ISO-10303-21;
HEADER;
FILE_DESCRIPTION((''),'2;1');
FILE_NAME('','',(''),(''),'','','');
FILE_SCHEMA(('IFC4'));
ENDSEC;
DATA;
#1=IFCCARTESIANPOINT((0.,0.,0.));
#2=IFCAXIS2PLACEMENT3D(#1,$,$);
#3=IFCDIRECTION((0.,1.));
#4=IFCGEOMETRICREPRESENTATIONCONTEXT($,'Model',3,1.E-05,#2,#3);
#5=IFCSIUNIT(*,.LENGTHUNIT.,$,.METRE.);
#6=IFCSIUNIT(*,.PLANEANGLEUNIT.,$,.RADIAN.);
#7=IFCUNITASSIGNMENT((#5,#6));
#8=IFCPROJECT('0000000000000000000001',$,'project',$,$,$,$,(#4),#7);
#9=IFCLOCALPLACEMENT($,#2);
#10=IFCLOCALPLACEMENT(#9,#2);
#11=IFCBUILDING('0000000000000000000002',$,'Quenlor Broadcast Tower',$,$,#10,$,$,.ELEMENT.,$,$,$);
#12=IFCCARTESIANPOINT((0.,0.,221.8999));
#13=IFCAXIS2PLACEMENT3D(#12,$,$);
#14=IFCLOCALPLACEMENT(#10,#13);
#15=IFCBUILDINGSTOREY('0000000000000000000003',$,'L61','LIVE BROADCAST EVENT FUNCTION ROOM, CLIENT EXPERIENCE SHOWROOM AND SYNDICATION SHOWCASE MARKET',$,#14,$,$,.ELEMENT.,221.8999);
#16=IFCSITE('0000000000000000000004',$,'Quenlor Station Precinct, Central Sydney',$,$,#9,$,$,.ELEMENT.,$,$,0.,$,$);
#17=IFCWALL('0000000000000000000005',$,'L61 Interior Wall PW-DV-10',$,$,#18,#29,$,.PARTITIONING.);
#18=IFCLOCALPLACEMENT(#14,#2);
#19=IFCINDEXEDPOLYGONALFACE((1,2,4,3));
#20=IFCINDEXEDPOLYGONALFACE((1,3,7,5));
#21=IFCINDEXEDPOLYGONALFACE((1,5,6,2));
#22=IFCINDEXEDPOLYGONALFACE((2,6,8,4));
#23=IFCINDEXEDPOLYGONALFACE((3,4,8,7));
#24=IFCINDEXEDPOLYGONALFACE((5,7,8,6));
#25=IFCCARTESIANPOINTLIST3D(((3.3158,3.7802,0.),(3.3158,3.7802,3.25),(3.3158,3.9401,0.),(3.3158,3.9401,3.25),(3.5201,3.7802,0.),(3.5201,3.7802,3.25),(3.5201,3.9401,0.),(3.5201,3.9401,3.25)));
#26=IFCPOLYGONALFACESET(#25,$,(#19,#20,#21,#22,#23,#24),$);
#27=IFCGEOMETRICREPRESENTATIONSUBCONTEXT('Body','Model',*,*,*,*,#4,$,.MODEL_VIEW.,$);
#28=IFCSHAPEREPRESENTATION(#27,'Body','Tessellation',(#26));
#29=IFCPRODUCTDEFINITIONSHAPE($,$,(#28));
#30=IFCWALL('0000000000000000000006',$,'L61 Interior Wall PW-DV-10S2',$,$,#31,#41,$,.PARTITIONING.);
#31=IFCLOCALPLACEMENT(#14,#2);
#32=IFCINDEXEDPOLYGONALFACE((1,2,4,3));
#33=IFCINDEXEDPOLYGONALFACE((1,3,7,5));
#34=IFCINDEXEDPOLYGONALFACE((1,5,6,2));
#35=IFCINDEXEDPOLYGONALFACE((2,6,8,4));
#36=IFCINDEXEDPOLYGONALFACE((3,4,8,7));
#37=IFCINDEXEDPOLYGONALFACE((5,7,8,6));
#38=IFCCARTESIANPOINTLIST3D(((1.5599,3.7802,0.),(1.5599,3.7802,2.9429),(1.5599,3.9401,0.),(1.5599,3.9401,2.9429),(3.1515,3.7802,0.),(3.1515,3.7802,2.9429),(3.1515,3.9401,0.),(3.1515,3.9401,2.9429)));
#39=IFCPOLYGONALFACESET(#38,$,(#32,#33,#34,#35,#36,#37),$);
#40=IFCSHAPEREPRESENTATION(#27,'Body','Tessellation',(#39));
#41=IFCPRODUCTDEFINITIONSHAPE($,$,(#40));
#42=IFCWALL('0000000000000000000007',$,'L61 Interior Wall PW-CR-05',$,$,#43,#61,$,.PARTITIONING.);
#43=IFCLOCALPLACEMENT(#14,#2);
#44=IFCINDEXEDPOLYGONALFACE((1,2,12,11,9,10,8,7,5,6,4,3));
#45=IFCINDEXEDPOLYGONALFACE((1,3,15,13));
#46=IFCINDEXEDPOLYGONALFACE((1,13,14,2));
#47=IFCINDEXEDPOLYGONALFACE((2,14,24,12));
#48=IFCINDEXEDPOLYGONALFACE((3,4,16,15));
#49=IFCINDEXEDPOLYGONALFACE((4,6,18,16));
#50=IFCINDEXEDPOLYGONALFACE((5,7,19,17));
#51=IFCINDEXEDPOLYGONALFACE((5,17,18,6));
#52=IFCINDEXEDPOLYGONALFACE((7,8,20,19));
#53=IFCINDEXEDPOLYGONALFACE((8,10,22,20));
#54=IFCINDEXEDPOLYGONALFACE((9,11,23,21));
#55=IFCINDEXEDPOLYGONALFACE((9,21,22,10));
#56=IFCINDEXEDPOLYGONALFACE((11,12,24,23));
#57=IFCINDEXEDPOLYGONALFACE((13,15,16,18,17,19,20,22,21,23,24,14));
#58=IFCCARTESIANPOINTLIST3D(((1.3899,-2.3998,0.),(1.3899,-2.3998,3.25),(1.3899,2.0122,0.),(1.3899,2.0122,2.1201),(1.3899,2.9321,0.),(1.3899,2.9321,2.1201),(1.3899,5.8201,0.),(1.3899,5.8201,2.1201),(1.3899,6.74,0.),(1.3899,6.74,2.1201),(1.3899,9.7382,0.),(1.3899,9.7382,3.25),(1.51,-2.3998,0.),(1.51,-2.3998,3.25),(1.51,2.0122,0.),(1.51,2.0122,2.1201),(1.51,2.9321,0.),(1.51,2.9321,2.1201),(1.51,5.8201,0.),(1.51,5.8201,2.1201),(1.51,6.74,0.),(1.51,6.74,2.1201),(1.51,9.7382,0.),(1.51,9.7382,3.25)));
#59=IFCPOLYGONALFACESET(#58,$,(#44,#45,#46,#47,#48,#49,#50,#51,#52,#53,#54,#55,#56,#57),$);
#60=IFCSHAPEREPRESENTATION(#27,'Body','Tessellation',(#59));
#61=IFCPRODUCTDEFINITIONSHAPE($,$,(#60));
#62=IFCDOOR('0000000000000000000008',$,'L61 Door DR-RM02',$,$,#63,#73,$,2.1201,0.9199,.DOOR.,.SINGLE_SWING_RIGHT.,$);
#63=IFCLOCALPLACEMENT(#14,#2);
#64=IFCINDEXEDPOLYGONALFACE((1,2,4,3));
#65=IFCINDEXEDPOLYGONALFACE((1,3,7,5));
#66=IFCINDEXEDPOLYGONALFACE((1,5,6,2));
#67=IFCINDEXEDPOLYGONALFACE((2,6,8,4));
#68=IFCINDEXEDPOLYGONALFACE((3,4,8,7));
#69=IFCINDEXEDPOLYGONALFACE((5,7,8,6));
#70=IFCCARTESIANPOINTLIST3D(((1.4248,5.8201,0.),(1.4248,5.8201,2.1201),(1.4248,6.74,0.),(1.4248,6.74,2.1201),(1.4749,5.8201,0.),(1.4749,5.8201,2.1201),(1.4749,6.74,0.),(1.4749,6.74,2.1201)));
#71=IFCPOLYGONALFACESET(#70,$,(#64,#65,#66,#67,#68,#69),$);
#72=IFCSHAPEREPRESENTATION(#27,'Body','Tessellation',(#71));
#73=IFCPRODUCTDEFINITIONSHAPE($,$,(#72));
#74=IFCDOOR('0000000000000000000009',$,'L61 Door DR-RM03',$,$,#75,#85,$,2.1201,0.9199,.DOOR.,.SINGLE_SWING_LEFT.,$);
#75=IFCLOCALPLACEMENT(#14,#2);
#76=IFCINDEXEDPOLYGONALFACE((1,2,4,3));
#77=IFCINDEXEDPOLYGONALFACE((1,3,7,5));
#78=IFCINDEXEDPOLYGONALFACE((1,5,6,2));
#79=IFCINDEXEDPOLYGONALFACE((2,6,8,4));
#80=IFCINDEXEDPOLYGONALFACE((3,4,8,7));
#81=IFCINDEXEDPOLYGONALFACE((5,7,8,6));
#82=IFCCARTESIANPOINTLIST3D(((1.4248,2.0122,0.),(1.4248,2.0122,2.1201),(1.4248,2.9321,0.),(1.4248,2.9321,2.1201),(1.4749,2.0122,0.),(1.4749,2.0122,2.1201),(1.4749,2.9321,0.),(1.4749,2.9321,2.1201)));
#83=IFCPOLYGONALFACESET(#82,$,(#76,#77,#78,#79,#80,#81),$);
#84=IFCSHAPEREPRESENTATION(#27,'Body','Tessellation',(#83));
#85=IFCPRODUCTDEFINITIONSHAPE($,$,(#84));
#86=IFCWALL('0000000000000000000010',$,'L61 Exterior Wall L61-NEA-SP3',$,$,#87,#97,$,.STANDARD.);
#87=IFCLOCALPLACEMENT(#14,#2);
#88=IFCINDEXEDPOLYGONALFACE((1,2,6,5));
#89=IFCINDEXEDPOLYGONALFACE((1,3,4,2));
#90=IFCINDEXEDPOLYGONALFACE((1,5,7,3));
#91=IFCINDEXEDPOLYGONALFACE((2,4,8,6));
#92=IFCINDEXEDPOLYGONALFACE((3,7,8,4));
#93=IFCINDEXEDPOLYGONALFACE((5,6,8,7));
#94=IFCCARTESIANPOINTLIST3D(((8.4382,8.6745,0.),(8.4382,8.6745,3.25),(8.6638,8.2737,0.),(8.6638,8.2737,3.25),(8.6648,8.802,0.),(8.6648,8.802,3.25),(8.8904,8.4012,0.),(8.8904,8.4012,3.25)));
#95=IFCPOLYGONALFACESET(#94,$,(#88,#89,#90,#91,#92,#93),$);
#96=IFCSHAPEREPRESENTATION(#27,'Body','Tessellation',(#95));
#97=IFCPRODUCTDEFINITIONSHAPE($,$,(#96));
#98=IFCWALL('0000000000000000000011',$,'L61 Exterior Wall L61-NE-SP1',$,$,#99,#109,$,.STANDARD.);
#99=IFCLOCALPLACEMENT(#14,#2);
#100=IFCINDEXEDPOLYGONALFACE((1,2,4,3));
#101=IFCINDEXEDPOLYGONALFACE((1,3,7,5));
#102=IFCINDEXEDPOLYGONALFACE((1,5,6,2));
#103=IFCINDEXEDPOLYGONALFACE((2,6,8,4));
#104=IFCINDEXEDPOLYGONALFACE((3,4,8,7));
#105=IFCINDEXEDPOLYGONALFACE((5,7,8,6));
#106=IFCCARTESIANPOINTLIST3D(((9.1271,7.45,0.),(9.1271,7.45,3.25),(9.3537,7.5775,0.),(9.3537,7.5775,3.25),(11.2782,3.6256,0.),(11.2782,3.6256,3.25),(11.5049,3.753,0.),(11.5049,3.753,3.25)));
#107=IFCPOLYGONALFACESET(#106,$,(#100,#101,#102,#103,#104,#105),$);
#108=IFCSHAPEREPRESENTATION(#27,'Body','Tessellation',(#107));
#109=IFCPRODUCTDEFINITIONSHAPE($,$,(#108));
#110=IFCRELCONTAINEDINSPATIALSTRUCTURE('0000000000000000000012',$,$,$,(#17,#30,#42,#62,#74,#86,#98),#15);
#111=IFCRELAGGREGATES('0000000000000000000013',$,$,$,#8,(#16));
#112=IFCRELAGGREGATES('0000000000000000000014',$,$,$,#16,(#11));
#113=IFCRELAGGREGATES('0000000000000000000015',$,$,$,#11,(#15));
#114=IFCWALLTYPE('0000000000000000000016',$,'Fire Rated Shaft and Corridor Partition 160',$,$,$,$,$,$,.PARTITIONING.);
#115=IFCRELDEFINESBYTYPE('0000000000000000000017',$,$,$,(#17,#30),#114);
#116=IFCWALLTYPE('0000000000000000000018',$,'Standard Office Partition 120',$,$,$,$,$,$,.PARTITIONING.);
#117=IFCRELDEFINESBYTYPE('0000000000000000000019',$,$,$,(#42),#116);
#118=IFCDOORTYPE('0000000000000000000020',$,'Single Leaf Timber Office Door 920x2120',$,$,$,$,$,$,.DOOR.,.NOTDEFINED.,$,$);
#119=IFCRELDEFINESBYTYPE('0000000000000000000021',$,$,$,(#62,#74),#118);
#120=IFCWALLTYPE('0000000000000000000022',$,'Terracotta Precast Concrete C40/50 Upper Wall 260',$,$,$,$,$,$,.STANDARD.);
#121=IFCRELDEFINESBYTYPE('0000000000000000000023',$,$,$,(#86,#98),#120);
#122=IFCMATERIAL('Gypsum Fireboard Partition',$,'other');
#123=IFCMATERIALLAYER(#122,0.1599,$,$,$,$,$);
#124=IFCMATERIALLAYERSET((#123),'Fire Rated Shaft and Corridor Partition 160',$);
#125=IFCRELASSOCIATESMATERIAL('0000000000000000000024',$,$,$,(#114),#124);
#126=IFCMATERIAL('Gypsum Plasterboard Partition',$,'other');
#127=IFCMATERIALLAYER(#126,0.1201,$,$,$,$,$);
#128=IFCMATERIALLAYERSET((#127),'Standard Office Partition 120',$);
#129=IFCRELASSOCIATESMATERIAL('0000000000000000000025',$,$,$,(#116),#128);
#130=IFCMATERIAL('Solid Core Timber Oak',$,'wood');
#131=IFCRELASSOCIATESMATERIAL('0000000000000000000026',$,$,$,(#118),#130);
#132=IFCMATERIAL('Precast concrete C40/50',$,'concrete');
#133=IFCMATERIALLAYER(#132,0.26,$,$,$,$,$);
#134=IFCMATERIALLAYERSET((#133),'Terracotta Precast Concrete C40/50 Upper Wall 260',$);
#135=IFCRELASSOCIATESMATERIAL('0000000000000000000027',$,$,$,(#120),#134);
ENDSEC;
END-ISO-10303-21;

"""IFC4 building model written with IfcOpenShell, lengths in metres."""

from ifc_helpers import new_model, si_unit, direction, frame, frame_2d, origin, place, context, subcontext, project, spatial, rectangle, extrude, material, layer, layer_set, type_object, element, fill, save


model = new_model("IFC4")

# Units and contexts
model_context = context("Model", 3, precision=1e-05, world=origin(), true_north=direction((0.0, 1.0)))
body_context = subcontext(model_context, "Body", "Model", "MODEL_VIEW")
ifc_project = project(units=[si_unit("LENGTHUNIT", "METRE"), si_unit("PLANEANGLEUNIT", "RADIAN")], contexts=[model_context])

# Site, building, storey
site_placement = place(None, origin())
site = spatial("IfcSite", under=ifc_project, at=site_placement, Name="Quenlor Station Precinct, Central Sydney", CompositionType="ELEMENT", RefElevation=0.0)
building_placement = place(site_placement, origin())
building = spatial("IfcBuilding", under=site, at=building_placement, Name="Quenlor Broadcast Tower", CompositionType="ELEMENT")
storey_placement = place(building_placement, frame((0.0, 0.0, 221.8999)))
storey = spatial("IfcBuildingStorey", under=building, at=storey_placement, Name="L61", Description="LIVE BROADCAST EVENT FUNCTION ROOM, CLIENT EXPERIENCE SHOWROOM AND SYNDICATION SHOWCASE MARKET", CompositionType="ELEMENT", Elevation=221.8999)

# Walls
ifc_material_1 = material(Name="Gypsum Fireboard Partition", Category="other")
ifc_layer_1 = layer(ifc_material_1, 0.1599)
ifc_layer_set_1 = layer_set([ifc_layer_1], Name="Fire Rated Shaft and Corridor Partition 160")
wall_type_1 = type_object("IfcWallType", Name="Fire Rated Shaft and Corridor Partition 160", PredefinedType="PARTITIONING", material=ifc_layer_set_1)
wall_1_placement = place(storey_placement, frame((3.52, 3.8601, 0.0), z_axis=(0.0, 0.0, 1.0), x_axis=(-1.0, 0.0, 0.0)))
element("IfcWall", 1, at=wall_1_placement, inside=storey, type_object=wall_type_1, Name="L61 Interior Wall PW-DV-10", PredefinedType="PARTITIONING", context=body_context, shape_type="SweptSolid", body=[
    extrude(rectangle(XDim=0.2043, YDim=0.1599, at=frame_2d((0.1021, 0.0))), origin(), (0.0, 0.0, 1.0), 3.25),
])
wall_2_placement = place(storey_placement, frame((3.1516, 3.8601, 0.0), z_axis=(0.0, 0.0, 1.0), x_axis=(-1.0, 0.0, 0.0)))
element("IfcWall", 2, at=wall_2_placement, inside=storey, type_object=wall_type_1, Name="L61 Interior Wall PW-DV-10S2", PredefinedType="PARTITIONING", context=body_context, shape_type="SweptSolid", body=[
    extrude(rectangle(XDim=1.5916, YDim=0.1599, at=frame_2d((0.7959, 0.0))), origin(), (0.0, 0.0, 1.0), 2.9429),
])

# Wall, openings, doors
ifc_material_2 = material(Name="Gypsum Plasterboard Partition", Category="other")
ifc_layer_2 = layer(ifc_material_2, 0.1201)
ifc_layer_set_2 = layer_set([ifc_layer_2], Name="Standard Office Partition 120")
wall_type_2 = type_object("IfcWallType", Name="Standard Office Partition 120", PredefinedType="PARTITIONING", material=ifc_layer_set_2)
wall_3_placement = place(storey_placement, frame((1.45, 9.738, 0.0), z_axis=(0.0, 0.0, 1.0), x_axis=(0.0, -1.0, 0.0)))
wall_3 = element("IfcWall", 3, at=wall_3_placement, inside=storey, type_object=wall_type_2, Name="L61 Interior Wall PW-CR-05", PredefinedType="PARTITIONING", context=body_context, shape_type="SweptSolid", body=[
    extrude(rectangle(XDim=12.1379, YDim=0.1201, at=frame_2d((6.0688, 0.0))), origin(), (0.0, 0.0, 1.0), 3.25),
])
opening_1_placement = place(wall_3_placement, frame((2.998, 0.0, 0.0)))
opening_1 = element("IfcOpeningElement", 4, at=opening_1_placement, cuts=wall_3, PredefinedType="OPENING", context=body_context, shape_type="SweptSolid", body=[
    extrude(rectangle(XDim=0.9199, YDim=2.1201, at=frame_2d((0.46, 1.0601))), frame((0.0, 0.0701, 0.0), z_axis=(0.0, -1.0, 0.0), x_axis=(1.0, 0.0, 0.0)), (0.0, 0.0, 1.0), 0.1401),
])
opening_2_placement = place(wall_3_placement, frame((6.8059, 0.0, 0.0)))
opening_2 = element("IfcOpeningElement", 5, at=opening_2_placement, cuts=wall_3, PredefinedType="OPENING", context=body_context, shape_type="SweptSolid", body=[
    extrude(rectangle(XDim=0.9199, YDim=2.1201, at=frame_2d((0.46, 1.0601))), frame((0.0, 0.0701, 0.0), z_axis=(0.0, -1.0, 0.0), x_axis=(1.0, 0.0, 0.0)), (0.0, 0.0, 1.0), 0.1401),
])
ifc_material_3 = material(Name="Solid Core Timber Oak", Category="wood")
door_type = type_object("IfcDoorType", Name="Single Leaf Timber Office Door 920x2120", OperationType="NOTDEFINED", PredefinedType="DOOR", material=ifc_material_3)
door_1_placement = place(opening_1_placement, origin())
door_1 = element("IfcDoor", 6, at=door_1_placement, inside=storey, type_object=door_type, Name="L61 Door DR-RM02", OperationType="SINGLE_SWING_RIGHT", OverallHeight=2.1201, OverallWidth=0.9199, PredefinedType="DOOR", context=body_context, shape_type="SweptSolid", body=[
    extrude(rectangle(XDim=0.9199, YDim=2.1201, at=frame_2d((0.46, 1.0601))), frame((0.0, 0.0249, 0.0), z_axis=(0.0, -1.0, 0.0), x_axis=(1.0, 0.0, 0.0)), (0.0, 0.0, 1.0), 0.05),
])
fill(opening_1, door_1)
door_2_placement = place(opening_2_placement, origin())
door_2 = element("IfcDoor", 7, at=door_2_placement, inside=storey, type_object=door_type, Name="L61 Door DR-RM03", OperationType="SINGLE_SWING_LEFT", OverallHeight=2.1201, OverallWidth=0.9199, PredefinedType="DOOR", context=body_context, shape_type="SweptSolid", body=[
    extrude(rectangle(XDim=0.9199, YDim=2.1201, at=frame_2d((0.46, 1.0601))), frame((0.0, 0.0249, 0.0), z_axis=(0.0, -1.0, 0.0), x_axis=(1.0, 0.0, 0.0)), (0.0, 0.0, 1.0), 0.05),
])
fill(opening_2, door_2)

# Walls
ifc_material_4 = material(Name="Precast concrete C40/50", Category="concrete")
ifc_layer_3 = layer(ifc_material_4, 0.26)
ifc_layer_set_3 = layer_set([ifc_layer_3], Name="Terracotta Precast Concrete C40/50 Upper Wall 260")
wall_type_3 = type_object("IfcWallType", Name="Terracotta Precast Concrete C40/50 Upper Wall 260", PredefinedType="STANDARD", material=ifc_layer_set_3)
wall_4_placement = place(storey_placement, frame((8.5515, 8.7383, 0.0), z_axis=(0.0, 0.0, 1.0), x_axis=(0.490412, -0.87149, 0.0)))
element("IfcWall", 8, at=wall_4_placement, inside=storey, type_object=wall_type_3, Name="L61 Exterior Wall L61-NEA-SP3", PredefinedType="STANDARD", context=body_context, shape_type="SweptSolid", body=[
    extrude(rectangle(XDim=0.46, YDim=0.26, at=frame_2d((0.23, 0.0))), origin(), (0.0, 0.0, 1.0), 3.25),
])
wall_5_placement = place(storey_placement, frame((9.2405, 7.5137, 0.0), z_axis=(0.0, 0.0, 1.0), x_axis=(0.490237, -0.871589, 0.0)))
element("IfcWall", 9, at=wall_5_placement, inside=storey, type_object=wall_type_3, Name="L61 Exterior Wall L61-NE-SP1", PredefinedType="STANDARD", context=body_context, shape_type="SweptSolid", body=[
    extrude(rectangle(XDim=4.3879, YDim=0.26, at=frame_2d((2.1938, 0.0))), origin(), (0.0, 0.0, 1.0), 3.25),
])

save(model, "model.ifc")
